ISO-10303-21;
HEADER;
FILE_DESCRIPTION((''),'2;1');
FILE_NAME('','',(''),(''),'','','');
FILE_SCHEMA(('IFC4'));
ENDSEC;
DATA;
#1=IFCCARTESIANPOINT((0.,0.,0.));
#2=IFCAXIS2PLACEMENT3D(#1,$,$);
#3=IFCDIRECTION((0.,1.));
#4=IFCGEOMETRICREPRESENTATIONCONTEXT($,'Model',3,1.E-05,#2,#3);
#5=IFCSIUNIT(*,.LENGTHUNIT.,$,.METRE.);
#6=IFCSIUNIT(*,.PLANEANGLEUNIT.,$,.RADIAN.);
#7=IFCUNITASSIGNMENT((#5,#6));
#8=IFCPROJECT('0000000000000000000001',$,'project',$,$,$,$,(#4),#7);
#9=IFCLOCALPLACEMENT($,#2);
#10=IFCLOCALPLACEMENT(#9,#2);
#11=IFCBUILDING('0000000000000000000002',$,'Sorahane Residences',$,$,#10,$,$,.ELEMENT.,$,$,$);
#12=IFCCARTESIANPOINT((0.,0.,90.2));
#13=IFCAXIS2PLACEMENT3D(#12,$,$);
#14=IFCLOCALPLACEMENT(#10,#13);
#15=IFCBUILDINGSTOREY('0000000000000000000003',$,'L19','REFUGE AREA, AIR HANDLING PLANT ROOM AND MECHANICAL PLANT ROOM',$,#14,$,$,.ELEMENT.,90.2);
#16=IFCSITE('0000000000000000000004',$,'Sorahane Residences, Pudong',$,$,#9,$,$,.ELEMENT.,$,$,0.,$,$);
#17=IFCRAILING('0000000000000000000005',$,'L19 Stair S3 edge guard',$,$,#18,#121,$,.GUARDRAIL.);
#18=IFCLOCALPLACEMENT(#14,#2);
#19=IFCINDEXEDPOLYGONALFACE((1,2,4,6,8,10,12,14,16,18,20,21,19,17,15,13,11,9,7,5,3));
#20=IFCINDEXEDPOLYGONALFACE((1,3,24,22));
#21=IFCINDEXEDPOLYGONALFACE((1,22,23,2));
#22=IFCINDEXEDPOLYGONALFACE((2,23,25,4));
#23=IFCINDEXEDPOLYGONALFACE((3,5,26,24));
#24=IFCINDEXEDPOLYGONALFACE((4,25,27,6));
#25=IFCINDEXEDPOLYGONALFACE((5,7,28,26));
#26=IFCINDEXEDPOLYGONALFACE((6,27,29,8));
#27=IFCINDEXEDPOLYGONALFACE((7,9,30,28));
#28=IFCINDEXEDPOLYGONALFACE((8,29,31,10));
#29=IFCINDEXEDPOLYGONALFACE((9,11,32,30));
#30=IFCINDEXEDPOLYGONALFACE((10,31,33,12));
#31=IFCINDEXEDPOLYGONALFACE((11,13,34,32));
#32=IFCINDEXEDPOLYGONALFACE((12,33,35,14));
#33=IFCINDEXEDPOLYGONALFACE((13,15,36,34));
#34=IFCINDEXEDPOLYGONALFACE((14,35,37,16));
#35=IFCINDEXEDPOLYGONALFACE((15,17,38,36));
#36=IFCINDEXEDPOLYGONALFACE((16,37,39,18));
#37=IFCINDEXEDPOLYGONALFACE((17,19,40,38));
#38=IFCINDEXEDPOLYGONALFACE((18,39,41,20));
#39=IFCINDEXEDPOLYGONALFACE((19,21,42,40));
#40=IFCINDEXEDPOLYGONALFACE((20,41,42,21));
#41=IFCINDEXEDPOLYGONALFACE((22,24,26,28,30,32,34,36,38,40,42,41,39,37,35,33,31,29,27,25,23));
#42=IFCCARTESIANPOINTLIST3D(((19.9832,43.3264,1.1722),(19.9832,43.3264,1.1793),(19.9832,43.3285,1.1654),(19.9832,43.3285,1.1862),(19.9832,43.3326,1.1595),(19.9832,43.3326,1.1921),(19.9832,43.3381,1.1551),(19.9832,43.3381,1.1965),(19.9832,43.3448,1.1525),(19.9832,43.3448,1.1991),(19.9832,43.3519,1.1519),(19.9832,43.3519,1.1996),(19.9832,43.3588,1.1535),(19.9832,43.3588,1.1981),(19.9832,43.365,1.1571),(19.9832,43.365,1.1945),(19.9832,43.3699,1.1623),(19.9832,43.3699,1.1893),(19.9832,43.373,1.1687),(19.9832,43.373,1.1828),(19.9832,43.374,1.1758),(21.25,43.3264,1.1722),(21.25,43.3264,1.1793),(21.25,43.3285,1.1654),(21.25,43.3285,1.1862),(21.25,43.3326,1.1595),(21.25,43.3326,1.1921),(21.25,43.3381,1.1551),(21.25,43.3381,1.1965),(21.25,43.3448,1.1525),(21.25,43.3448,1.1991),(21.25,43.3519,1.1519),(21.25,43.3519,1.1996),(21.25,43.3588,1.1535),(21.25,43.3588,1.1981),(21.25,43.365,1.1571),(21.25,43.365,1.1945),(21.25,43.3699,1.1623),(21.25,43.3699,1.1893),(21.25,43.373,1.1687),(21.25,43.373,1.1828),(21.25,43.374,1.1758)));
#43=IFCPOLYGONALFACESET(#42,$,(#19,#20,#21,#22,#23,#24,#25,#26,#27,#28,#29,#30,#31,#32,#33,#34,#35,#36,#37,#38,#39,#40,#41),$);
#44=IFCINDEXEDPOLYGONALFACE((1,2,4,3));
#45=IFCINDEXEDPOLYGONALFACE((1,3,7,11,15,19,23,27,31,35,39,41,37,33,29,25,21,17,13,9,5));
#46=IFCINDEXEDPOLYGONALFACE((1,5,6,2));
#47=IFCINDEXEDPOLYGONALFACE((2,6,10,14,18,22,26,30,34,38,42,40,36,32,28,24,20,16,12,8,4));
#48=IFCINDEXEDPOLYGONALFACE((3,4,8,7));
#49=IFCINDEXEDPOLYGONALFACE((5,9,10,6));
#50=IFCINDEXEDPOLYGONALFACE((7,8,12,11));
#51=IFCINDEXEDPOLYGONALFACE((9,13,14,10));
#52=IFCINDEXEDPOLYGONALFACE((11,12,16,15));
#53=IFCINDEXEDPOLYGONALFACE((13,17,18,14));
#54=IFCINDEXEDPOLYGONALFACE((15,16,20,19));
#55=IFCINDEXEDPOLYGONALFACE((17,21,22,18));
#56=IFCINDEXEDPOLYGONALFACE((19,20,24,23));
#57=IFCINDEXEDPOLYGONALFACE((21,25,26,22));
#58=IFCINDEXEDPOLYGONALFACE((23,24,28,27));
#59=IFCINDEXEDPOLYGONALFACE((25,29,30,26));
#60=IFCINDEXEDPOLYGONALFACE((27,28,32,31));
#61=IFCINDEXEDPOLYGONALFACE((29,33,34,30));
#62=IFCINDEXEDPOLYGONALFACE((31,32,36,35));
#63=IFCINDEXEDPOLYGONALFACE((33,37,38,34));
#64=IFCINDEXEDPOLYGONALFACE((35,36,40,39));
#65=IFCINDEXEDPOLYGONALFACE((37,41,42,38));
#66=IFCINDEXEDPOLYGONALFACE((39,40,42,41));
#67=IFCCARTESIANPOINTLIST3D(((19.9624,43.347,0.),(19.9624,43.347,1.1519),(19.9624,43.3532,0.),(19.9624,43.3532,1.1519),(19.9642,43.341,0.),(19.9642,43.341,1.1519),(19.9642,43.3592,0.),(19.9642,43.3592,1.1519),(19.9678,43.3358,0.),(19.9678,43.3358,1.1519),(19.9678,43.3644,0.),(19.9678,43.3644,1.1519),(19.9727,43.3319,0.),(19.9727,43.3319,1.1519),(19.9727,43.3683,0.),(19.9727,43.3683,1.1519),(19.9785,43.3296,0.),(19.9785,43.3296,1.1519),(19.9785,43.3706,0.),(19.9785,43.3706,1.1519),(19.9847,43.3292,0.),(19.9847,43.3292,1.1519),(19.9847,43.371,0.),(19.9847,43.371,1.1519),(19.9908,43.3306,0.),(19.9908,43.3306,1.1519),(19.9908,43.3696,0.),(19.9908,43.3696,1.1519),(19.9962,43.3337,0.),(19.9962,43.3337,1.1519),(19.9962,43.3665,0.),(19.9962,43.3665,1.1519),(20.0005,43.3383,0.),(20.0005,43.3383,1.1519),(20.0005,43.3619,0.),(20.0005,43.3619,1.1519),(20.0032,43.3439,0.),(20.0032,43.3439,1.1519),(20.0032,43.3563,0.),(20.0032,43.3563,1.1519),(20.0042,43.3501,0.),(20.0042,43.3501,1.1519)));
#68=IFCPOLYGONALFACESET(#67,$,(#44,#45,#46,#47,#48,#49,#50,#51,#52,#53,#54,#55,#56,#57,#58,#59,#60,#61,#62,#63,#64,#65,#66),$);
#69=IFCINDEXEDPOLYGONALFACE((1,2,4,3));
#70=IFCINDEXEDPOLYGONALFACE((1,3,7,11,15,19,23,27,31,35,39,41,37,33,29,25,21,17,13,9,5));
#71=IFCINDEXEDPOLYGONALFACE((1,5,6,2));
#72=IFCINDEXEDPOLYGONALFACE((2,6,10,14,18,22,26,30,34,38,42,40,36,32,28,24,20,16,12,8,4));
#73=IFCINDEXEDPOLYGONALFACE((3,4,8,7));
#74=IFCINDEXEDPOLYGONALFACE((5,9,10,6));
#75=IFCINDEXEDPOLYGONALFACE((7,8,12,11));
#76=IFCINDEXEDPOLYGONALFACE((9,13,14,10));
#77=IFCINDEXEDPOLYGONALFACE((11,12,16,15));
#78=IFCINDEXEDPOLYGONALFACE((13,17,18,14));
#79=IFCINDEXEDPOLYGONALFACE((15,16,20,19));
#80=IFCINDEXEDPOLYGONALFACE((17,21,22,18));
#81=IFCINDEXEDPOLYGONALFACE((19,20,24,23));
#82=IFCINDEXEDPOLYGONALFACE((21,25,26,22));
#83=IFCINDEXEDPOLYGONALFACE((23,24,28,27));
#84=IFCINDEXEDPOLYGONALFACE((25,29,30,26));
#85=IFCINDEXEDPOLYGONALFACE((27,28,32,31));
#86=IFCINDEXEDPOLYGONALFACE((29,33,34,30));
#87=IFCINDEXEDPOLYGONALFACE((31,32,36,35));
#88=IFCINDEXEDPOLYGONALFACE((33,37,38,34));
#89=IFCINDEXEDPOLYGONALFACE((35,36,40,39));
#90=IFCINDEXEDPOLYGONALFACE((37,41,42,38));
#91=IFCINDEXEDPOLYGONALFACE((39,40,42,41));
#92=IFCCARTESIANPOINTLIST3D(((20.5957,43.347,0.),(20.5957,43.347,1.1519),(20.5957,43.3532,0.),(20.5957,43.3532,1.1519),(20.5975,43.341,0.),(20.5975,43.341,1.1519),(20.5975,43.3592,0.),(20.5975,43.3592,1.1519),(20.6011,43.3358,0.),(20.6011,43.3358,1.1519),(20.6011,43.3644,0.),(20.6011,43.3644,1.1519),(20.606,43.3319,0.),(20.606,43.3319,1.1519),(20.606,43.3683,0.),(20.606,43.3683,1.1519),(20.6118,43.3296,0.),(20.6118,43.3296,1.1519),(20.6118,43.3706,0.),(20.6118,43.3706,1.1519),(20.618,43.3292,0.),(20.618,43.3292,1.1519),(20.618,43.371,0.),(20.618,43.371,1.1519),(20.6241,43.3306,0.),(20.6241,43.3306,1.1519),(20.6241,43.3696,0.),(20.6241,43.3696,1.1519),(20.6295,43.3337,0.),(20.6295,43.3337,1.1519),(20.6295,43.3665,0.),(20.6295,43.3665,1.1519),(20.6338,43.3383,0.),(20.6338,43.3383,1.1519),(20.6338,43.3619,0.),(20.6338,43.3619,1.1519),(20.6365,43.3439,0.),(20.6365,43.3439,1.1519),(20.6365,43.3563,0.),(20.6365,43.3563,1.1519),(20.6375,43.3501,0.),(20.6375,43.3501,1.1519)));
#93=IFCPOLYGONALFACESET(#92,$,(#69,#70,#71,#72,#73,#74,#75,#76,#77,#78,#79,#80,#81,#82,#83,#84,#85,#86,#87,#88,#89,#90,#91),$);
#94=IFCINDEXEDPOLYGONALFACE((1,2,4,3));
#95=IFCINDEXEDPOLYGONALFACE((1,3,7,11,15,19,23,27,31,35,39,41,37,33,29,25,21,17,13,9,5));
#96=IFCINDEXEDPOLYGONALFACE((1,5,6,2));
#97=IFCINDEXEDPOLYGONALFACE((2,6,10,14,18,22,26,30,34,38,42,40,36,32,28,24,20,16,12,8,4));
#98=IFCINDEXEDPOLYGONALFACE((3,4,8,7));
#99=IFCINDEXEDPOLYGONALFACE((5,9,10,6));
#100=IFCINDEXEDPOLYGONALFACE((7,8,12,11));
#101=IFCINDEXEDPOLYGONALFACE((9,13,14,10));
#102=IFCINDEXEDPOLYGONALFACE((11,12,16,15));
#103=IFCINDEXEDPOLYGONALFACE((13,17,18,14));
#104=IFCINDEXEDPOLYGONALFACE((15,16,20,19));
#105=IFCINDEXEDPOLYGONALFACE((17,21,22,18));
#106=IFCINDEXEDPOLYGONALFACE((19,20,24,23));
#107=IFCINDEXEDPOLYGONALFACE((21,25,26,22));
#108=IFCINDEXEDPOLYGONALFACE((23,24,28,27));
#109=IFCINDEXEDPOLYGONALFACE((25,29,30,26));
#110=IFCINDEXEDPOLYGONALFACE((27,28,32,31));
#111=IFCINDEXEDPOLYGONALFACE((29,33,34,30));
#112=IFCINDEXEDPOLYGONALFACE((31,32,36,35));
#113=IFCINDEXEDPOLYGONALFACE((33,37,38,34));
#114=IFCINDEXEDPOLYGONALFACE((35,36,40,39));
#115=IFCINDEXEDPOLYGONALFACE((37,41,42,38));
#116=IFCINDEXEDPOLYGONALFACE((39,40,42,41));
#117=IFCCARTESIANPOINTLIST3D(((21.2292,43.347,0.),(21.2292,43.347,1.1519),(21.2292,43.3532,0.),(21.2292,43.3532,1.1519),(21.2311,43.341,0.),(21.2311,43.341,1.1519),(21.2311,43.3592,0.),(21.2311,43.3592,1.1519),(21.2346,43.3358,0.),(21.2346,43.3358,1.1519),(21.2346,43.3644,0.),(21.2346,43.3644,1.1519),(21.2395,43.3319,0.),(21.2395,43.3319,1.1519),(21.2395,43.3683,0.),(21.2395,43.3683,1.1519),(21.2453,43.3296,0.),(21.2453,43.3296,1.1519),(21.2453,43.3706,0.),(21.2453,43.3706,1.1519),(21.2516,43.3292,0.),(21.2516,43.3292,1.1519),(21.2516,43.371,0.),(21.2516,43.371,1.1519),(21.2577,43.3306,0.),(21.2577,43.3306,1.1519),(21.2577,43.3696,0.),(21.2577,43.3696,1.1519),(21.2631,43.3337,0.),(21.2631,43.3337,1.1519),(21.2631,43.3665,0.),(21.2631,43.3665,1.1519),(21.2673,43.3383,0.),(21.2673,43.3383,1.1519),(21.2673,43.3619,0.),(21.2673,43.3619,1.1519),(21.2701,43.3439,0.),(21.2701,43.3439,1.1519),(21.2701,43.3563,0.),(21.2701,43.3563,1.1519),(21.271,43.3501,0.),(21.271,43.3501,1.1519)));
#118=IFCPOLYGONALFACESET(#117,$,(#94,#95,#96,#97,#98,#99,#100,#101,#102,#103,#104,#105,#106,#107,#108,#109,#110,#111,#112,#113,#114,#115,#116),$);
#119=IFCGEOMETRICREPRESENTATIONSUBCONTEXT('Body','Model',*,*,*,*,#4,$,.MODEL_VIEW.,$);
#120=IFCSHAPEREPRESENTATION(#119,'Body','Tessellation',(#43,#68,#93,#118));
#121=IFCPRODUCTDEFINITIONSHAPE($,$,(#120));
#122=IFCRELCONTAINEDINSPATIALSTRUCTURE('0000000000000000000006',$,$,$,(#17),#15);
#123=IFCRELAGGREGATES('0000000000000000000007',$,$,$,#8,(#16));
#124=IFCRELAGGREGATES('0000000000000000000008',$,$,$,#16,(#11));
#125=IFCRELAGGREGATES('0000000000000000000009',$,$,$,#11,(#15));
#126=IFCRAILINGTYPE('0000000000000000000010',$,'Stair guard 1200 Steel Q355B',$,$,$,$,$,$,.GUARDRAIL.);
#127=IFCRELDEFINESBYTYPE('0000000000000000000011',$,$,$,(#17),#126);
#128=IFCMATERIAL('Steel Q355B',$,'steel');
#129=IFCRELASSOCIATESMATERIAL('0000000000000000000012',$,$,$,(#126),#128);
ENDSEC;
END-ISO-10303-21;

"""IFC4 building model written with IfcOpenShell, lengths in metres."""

from ifc_helpers import new_model, si_unit, direction, frame, origin, origin_2d, place, context, subcontext, project, spatial, circle, extrude, material, type_object, element, save


model = new_model("IFC4")

# Units and contexts
model_context = context("Model", 3, precision=1e-05, world=origin(), true_north=direction((0.0, 1.0)))
body_context = subcontext(model_context, "Body", "Model", "MODEL_VIEW")
ifc_project = project(units=[si_unit("LENGTHUNIT", "METRE"), si_unit("PLANEANGLEUNIT", "RADIAN")], contexts=[model_context])

# Site, building, storey
site_placement = place(None, origin())
site = spatial("IfcSite", under=ifc_project, at=site_placement, Name="Sorahane Residences, Pudong", CompositionType="ELEMENT", RefElevation=0.0)
building_placement = place(site_placement, origin())
building = spatial("IfcBuilding", under=site, at=building_placement, Name="Sorahane Residences", CompositionType="ELEMENT")
storey_placement = place(building_placement, frame((0.0, 0.0, 90.2)))
storey = spatial("IfcBuildingStorey", under=building, at=storey_placement, Name="L19", Description="REFUGE AREA, AIR HANDLING PLANT ROOM AND MECHANICAL PLANT ROOM", CompositionType="ELEMENT", Elevation=90.2)

# Railing
ifc_material_1 = material(Name="Steel Q355B", Category="steel")
railing_type_1 = type_object("IfcRailingType", Name="Stair guard 1200 Steel Q355B", PredefinedType="GUARDRAIL", material=ifc_material_1)
for number, where, name in (
    (1, (19.9832, 43.3501, 0.0), "L19 Stair S3 edge guard"),
):
    element("IfcRailing", number, at=place(storey_placement, frame(where)), inside=storey, type_object=railing_type_1, Name=name, PredefinedType="GUARDRAIL", context=body_context, shape_type="SweptSolid", body=[
        extrude(circle(Radius=0.0239, at=origin_2d()), frame((0.0, 0.0, 1.1758), z_axis=(1.0, 0.0, 0.0), x_axis=(0.0, 1.0, 0.0)), (0.0, 0.0, 1.0), 1.2668),
        extrude(circle(Radius=0.021, at=origin_2d()), origin(), (0.0, 0.0, 1.0), 1.1519),
        extrude(circle(Radius=0.021, at=origin_2d()), frame((0.6333, 0.0, 0.0)), (0.0, 0.0, 1.0), 1.1519),
        extrude(circle(Radius=0.021, at=origin_2d()), frame((1.2668, 0.0, 0.0)), (0.0, 0.0, 1.0), 1.1519),
    ])

save(model, "model.ifc")
